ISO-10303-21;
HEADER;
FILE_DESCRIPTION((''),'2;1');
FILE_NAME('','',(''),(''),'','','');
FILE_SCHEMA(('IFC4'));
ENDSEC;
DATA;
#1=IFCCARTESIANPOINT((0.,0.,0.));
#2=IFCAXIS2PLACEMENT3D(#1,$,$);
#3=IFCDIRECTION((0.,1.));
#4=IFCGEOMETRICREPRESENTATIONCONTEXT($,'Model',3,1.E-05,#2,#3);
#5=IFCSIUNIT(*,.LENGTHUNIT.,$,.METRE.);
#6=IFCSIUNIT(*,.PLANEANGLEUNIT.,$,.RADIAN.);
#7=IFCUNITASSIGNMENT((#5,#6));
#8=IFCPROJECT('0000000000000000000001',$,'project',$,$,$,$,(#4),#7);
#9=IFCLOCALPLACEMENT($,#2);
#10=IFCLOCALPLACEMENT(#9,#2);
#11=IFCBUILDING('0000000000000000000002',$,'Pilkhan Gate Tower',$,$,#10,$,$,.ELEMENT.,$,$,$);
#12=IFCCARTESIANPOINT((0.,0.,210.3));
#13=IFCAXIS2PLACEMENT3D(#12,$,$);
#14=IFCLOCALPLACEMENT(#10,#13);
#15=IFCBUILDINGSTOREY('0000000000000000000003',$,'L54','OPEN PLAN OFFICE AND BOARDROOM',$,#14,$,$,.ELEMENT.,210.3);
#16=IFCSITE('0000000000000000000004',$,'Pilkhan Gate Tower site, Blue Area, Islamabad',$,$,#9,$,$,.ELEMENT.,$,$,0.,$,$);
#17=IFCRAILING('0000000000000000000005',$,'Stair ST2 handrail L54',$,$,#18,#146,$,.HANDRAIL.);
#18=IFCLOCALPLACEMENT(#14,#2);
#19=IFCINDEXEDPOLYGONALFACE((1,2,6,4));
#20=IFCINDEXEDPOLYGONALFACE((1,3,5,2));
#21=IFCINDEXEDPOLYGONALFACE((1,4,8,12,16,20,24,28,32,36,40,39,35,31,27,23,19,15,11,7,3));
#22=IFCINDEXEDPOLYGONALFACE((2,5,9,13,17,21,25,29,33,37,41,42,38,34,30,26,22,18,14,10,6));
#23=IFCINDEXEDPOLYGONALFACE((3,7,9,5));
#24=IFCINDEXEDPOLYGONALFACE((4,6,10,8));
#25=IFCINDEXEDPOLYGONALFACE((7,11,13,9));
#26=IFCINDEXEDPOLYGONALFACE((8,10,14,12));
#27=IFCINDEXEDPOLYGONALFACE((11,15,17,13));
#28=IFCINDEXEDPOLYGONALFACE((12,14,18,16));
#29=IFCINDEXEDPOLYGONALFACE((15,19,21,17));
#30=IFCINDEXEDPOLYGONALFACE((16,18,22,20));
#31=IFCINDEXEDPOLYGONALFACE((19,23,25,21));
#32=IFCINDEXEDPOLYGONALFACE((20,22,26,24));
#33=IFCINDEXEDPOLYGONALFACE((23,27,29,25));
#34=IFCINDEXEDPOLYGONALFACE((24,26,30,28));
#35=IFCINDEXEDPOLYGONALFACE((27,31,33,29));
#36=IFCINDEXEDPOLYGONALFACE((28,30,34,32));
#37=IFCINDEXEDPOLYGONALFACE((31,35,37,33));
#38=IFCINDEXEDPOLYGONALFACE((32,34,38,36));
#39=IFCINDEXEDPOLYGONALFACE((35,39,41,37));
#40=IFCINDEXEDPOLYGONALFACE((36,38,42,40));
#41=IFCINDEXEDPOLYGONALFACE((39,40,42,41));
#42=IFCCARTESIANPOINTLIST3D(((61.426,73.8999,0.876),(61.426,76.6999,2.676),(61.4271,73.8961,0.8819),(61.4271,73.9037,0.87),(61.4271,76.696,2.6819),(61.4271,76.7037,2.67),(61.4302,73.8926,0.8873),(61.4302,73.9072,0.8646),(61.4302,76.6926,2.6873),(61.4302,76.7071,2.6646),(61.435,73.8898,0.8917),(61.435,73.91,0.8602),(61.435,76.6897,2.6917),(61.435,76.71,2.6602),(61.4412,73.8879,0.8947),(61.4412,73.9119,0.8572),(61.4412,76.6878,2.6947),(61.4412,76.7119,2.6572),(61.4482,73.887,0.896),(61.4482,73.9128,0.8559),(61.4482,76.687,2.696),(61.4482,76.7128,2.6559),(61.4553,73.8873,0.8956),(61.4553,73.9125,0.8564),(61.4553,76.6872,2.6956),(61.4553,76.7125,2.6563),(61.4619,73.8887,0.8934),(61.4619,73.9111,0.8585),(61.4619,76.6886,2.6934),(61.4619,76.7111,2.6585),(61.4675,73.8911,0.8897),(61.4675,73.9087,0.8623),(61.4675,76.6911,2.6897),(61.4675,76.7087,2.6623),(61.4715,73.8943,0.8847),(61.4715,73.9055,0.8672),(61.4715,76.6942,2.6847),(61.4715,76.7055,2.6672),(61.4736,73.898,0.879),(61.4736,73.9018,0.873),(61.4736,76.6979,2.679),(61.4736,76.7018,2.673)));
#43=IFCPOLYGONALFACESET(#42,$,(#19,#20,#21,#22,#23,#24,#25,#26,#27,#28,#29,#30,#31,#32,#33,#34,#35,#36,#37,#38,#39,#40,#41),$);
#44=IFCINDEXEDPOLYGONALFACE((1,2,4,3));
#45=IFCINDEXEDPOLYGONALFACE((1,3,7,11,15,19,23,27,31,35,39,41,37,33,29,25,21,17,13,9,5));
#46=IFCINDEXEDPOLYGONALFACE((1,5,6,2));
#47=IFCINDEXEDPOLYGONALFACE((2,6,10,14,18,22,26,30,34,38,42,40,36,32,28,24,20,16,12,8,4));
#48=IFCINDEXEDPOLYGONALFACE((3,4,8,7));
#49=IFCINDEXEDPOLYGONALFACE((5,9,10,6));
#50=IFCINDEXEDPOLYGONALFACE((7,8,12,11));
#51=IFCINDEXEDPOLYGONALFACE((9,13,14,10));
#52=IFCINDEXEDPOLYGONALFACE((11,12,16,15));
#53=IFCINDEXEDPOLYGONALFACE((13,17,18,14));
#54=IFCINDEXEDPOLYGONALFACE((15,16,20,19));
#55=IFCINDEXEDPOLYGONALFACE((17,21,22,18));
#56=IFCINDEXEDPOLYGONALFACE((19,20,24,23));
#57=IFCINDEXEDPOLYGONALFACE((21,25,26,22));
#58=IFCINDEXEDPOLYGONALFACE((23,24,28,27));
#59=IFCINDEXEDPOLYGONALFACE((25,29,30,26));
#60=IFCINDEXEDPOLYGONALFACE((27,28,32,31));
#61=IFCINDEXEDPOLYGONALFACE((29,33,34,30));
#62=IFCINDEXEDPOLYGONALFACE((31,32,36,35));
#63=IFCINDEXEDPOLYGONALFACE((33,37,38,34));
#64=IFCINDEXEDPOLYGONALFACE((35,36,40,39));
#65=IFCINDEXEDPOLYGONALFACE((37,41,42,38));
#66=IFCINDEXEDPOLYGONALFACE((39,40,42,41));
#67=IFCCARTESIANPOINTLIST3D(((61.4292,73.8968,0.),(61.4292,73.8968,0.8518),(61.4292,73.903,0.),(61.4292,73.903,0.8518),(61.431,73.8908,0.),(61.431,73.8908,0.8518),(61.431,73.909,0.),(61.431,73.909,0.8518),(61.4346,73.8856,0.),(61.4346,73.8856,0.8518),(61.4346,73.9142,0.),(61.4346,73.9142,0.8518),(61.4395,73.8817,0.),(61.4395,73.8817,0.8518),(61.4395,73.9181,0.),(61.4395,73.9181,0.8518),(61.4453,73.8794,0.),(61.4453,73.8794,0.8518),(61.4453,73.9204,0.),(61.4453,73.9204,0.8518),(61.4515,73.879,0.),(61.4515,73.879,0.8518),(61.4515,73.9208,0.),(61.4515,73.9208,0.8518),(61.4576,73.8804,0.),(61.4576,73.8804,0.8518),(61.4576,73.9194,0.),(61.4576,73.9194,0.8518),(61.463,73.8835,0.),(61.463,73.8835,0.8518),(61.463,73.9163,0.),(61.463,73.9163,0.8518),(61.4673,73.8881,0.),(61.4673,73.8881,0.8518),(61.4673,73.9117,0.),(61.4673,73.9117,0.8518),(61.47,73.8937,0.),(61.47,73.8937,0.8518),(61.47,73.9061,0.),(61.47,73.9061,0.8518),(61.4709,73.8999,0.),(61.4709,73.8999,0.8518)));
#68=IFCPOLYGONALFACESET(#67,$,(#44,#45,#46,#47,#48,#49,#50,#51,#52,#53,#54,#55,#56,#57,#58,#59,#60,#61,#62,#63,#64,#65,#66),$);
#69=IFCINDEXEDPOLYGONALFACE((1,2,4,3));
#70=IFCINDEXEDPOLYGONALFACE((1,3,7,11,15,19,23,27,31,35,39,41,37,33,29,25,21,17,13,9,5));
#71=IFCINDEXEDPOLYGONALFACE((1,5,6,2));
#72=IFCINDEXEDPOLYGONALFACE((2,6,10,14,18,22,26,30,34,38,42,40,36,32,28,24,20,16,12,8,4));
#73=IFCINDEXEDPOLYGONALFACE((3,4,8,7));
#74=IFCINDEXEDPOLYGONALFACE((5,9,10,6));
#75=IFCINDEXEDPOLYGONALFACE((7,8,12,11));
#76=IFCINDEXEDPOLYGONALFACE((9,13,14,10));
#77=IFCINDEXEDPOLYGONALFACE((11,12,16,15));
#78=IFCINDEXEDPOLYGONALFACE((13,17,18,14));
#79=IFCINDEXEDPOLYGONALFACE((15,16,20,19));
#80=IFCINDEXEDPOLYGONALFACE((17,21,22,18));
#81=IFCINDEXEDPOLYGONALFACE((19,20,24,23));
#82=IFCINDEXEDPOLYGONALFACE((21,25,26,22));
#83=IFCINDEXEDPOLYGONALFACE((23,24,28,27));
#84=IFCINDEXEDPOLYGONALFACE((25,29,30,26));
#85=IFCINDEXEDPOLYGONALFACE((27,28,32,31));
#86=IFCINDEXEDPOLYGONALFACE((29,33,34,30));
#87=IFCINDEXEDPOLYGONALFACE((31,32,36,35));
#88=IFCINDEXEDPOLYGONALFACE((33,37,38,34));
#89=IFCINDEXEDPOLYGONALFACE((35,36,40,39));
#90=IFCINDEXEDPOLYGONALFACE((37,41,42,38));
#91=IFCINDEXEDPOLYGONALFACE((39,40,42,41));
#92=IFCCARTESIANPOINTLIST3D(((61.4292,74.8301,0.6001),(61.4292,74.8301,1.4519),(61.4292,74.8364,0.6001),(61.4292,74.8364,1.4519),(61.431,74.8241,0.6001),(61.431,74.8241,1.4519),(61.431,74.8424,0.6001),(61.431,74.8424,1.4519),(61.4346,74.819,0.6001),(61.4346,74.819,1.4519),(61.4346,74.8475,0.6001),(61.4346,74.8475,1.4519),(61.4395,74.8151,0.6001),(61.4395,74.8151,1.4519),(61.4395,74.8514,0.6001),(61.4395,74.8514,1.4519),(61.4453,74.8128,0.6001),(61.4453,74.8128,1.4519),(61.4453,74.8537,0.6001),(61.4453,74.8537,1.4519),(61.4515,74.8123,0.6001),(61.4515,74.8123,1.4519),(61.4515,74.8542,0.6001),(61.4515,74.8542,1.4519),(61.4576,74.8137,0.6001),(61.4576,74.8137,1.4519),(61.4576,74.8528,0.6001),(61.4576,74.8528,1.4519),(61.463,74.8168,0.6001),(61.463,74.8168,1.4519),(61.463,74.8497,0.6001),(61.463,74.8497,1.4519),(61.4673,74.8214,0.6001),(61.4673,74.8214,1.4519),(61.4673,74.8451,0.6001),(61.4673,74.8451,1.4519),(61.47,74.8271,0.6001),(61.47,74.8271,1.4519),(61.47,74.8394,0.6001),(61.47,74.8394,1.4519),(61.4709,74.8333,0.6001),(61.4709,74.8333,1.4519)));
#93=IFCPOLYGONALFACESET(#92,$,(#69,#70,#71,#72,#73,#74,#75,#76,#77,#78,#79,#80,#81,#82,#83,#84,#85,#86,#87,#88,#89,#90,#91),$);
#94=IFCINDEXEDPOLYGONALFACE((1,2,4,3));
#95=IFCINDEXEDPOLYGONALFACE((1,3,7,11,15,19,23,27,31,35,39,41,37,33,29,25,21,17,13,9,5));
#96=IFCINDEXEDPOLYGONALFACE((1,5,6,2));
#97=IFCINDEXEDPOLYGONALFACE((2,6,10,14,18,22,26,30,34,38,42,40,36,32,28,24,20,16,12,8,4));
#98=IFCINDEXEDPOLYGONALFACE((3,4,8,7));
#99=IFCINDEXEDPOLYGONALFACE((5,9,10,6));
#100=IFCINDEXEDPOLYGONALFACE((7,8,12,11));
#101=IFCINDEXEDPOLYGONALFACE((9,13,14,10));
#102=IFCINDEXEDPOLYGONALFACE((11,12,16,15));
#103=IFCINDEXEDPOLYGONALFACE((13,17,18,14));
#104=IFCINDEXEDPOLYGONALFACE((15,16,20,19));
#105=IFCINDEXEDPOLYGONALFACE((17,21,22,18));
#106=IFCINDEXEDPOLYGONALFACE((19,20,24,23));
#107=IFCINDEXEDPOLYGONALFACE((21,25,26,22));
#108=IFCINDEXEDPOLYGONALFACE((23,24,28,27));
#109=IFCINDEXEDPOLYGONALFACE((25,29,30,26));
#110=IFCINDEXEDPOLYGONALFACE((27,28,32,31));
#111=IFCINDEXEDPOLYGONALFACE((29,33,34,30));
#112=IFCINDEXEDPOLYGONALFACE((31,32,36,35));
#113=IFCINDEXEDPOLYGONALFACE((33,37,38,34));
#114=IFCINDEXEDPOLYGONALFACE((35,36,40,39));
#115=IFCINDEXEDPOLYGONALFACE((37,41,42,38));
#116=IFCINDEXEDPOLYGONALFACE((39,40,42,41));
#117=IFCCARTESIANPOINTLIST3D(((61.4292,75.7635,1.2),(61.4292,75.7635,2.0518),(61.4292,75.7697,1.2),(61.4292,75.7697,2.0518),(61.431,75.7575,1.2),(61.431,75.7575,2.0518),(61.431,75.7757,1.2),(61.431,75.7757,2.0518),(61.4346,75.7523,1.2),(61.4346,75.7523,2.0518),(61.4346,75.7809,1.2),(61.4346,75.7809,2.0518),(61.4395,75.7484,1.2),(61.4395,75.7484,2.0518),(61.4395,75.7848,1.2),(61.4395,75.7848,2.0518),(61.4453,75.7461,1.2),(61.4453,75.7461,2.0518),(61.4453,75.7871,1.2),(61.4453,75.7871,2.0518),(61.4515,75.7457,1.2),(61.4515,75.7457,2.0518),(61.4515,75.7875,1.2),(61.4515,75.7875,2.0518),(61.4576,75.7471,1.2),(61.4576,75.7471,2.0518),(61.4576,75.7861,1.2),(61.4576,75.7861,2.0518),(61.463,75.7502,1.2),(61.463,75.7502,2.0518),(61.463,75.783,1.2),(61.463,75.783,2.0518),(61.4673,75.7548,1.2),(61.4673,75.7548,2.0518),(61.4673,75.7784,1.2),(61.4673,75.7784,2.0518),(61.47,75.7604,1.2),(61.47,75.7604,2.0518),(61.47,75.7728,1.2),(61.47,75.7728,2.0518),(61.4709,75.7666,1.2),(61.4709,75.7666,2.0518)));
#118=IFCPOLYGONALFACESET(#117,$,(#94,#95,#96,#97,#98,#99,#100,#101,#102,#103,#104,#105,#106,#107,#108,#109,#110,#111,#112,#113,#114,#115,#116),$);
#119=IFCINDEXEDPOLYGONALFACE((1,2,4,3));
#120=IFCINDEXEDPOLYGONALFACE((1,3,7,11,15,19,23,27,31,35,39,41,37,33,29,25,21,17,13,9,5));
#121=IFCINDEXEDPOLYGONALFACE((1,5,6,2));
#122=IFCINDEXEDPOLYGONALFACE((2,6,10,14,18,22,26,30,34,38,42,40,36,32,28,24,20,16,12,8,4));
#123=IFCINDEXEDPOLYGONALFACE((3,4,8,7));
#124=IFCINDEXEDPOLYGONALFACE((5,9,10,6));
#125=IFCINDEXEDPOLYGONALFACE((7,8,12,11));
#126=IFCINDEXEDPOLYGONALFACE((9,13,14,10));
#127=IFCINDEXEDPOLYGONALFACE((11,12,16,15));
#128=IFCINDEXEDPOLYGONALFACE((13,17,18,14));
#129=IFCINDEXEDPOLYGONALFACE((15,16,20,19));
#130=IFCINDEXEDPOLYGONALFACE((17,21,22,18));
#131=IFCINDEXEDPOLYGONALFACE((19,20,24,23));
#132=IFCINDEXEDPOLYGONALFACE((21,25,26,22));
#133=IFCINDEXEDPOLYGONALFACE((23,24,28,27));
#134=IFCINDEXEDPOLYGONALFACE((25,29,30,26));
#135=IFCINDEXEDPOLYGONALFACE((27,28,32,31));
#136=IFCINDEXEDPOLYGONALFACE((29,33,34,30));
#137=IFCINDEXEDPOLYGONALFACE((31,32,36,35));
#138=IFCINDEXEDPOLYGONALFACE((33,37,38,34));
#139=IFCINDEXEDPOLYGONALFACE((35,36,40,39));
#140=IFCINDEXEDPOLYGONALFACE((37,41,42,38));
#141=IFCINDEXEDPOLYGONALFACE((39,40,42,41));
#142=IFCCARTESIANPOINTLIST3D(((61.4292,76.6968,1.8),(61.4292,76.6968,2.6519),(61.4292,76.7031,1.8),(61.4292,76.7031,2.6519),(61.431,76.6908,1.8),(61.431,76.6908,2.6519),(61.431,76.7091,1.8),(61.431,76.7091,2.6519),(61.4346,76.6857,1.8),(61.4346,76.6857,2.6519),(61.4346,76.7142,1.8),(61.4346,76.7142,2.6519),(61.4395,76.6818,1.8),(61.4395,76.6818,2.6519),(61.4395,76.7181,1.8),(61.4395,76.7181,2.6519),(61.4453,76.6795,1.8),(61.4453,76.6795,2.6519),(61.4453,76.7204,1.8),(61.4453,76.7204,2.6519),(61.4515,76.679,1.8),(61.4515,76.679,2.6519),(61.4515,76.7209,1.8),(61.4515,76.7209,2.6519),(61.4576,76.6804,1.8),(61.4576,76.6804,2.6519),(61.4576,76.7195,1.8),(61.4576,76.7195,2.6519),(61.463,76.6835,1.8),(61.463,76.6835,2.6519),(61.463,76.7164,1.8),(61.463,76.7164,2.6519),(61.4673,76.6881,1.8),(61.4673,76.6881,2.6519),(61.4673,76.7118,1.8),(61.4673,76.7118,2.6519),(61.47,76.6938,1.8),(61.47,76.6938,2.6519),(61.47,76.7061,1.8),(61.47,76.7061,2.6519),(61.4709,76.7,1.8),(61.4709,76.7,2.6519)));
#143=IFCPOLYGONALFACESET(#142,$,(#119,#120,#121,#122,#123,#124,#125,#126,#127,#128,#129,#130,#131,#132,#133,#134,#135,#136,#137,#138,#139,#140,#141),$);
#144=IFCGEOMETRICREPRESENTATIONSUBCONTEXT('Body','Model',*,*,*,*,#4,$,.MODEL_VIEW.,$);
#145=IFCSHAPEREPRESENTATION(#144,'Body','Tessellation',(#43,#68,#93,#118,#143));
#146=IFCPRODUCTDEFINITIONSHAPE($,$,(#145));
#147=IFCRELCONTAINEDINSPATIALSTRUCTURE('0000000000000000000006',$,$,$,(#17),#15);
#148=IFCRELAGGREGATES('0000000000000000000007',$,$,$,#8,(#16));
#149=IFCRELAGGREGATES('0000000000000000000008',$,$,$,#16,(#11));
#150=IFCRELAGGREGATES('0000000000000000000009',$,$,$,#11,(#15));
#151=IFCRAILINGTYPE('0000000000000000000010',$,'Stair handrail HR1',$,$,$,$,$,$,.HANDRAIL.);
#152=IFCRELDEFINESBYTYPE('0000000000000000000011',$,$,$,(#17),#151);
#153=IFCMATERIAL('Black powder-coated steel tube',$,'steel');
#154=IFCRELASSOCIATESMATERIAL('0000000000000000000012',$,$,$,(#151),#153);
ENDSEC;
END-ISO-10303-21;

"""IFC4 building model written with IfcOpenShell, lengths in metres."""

from ifc_helpers import new_model, si_unit, direction, frame, origin, origin_2d, place, context, subcontext, project, spatial, circle, extrude, material, type_object, element, save


model = new_model("IFC4")

# Units and contexts
model_context = context("Model", 3, precision=1e-05, world=origin(), true_north=direction((0.0, 1.0)))
body_context = subcontext(model_context, "Body", "Model", "MODEL_VIEW")
ifc_project = project(units=[si_unit("LENGTHUNIT", "METRE"), si_unit("PLANEANGLEUNIT", "RADIAN")], contexts=[model_context])

# Site, building, storey
site_placement = place(None, origin())
site = spatial("IfcSite", under=ifc_project, at=site_placement, Name="Pilkhan Gate Tower site, Blue Area, Islamabad", CompositionType="ELEMENT", RefElevation=0.0)
building_placement = place(site_placement, origin())
building = spatial("IfcBuilding", under=site, at=building_placement, Name="Pilkhan Gate Tower", CompositionType="ELEMENT")
storey_placement = place(building_placement, frame((0.0, 0.0, 210.3)))
storey = spatial("IfcBuildingStorey", under=building, at=storey_placement, Name="L54", Description="OPEN PLAN OFFICE AND BOARDROOM", CompositionType="ELEMENT", Elevation=210.3)

# Railing
ifc_material_1 = material(Name="Black powder-coated steel tube", Category="steel")
railing_type_1 = type_object("IfcRailingType", Name="Stair handrail HR1", PredefinedType="HANDRAIL", material=ifc_material_1)
for number, where, name in (
    (1, (61.45, 73.8999, 0.0), "Stair ST2 handrail L54"),
):
    element("IfcRailing", number, at=place(storey_placement, frame(where)), inside=storey, type_object=railing_type_1, Name=name, PredefinedType="HANDRAIL", context=body_context, shape_type="SweptSolid", body=[
        extrude(circle(Radius=0.0239, at=origin_2d()), frame((0.0, 0.0, 0.876), z_axis=(0.0, 0.841176, 0.540761), x_axis=(-1.0, 0.0, 0.0)), (0.0, 0.0, 1.0), 3.3286),
        extrude(circle(Radius=0.021, at=origin_2d()), origin(), (0.0, 0.0, 1.0), 0.8518),
        extrude(circle(Radius=0.021, at=origin_2d()), frame((0.0, 0.9333, 0.6001)), (0.0, 0.0, 1.0), 0.8518),
        extrude(circle(Radius=0.021, at=origin_2d()), frame((0.0, 1.8667, 1.2)), (0.0, 0.0, 1.0), 0.8518),
        extrude(circle(Radius=0.021, at=origin_2d()), frame((0.0, 2.8, 1.8)), (0.0, 0.0, 1.0), 0.8518),
    ])

save(model, "model.ifc")
